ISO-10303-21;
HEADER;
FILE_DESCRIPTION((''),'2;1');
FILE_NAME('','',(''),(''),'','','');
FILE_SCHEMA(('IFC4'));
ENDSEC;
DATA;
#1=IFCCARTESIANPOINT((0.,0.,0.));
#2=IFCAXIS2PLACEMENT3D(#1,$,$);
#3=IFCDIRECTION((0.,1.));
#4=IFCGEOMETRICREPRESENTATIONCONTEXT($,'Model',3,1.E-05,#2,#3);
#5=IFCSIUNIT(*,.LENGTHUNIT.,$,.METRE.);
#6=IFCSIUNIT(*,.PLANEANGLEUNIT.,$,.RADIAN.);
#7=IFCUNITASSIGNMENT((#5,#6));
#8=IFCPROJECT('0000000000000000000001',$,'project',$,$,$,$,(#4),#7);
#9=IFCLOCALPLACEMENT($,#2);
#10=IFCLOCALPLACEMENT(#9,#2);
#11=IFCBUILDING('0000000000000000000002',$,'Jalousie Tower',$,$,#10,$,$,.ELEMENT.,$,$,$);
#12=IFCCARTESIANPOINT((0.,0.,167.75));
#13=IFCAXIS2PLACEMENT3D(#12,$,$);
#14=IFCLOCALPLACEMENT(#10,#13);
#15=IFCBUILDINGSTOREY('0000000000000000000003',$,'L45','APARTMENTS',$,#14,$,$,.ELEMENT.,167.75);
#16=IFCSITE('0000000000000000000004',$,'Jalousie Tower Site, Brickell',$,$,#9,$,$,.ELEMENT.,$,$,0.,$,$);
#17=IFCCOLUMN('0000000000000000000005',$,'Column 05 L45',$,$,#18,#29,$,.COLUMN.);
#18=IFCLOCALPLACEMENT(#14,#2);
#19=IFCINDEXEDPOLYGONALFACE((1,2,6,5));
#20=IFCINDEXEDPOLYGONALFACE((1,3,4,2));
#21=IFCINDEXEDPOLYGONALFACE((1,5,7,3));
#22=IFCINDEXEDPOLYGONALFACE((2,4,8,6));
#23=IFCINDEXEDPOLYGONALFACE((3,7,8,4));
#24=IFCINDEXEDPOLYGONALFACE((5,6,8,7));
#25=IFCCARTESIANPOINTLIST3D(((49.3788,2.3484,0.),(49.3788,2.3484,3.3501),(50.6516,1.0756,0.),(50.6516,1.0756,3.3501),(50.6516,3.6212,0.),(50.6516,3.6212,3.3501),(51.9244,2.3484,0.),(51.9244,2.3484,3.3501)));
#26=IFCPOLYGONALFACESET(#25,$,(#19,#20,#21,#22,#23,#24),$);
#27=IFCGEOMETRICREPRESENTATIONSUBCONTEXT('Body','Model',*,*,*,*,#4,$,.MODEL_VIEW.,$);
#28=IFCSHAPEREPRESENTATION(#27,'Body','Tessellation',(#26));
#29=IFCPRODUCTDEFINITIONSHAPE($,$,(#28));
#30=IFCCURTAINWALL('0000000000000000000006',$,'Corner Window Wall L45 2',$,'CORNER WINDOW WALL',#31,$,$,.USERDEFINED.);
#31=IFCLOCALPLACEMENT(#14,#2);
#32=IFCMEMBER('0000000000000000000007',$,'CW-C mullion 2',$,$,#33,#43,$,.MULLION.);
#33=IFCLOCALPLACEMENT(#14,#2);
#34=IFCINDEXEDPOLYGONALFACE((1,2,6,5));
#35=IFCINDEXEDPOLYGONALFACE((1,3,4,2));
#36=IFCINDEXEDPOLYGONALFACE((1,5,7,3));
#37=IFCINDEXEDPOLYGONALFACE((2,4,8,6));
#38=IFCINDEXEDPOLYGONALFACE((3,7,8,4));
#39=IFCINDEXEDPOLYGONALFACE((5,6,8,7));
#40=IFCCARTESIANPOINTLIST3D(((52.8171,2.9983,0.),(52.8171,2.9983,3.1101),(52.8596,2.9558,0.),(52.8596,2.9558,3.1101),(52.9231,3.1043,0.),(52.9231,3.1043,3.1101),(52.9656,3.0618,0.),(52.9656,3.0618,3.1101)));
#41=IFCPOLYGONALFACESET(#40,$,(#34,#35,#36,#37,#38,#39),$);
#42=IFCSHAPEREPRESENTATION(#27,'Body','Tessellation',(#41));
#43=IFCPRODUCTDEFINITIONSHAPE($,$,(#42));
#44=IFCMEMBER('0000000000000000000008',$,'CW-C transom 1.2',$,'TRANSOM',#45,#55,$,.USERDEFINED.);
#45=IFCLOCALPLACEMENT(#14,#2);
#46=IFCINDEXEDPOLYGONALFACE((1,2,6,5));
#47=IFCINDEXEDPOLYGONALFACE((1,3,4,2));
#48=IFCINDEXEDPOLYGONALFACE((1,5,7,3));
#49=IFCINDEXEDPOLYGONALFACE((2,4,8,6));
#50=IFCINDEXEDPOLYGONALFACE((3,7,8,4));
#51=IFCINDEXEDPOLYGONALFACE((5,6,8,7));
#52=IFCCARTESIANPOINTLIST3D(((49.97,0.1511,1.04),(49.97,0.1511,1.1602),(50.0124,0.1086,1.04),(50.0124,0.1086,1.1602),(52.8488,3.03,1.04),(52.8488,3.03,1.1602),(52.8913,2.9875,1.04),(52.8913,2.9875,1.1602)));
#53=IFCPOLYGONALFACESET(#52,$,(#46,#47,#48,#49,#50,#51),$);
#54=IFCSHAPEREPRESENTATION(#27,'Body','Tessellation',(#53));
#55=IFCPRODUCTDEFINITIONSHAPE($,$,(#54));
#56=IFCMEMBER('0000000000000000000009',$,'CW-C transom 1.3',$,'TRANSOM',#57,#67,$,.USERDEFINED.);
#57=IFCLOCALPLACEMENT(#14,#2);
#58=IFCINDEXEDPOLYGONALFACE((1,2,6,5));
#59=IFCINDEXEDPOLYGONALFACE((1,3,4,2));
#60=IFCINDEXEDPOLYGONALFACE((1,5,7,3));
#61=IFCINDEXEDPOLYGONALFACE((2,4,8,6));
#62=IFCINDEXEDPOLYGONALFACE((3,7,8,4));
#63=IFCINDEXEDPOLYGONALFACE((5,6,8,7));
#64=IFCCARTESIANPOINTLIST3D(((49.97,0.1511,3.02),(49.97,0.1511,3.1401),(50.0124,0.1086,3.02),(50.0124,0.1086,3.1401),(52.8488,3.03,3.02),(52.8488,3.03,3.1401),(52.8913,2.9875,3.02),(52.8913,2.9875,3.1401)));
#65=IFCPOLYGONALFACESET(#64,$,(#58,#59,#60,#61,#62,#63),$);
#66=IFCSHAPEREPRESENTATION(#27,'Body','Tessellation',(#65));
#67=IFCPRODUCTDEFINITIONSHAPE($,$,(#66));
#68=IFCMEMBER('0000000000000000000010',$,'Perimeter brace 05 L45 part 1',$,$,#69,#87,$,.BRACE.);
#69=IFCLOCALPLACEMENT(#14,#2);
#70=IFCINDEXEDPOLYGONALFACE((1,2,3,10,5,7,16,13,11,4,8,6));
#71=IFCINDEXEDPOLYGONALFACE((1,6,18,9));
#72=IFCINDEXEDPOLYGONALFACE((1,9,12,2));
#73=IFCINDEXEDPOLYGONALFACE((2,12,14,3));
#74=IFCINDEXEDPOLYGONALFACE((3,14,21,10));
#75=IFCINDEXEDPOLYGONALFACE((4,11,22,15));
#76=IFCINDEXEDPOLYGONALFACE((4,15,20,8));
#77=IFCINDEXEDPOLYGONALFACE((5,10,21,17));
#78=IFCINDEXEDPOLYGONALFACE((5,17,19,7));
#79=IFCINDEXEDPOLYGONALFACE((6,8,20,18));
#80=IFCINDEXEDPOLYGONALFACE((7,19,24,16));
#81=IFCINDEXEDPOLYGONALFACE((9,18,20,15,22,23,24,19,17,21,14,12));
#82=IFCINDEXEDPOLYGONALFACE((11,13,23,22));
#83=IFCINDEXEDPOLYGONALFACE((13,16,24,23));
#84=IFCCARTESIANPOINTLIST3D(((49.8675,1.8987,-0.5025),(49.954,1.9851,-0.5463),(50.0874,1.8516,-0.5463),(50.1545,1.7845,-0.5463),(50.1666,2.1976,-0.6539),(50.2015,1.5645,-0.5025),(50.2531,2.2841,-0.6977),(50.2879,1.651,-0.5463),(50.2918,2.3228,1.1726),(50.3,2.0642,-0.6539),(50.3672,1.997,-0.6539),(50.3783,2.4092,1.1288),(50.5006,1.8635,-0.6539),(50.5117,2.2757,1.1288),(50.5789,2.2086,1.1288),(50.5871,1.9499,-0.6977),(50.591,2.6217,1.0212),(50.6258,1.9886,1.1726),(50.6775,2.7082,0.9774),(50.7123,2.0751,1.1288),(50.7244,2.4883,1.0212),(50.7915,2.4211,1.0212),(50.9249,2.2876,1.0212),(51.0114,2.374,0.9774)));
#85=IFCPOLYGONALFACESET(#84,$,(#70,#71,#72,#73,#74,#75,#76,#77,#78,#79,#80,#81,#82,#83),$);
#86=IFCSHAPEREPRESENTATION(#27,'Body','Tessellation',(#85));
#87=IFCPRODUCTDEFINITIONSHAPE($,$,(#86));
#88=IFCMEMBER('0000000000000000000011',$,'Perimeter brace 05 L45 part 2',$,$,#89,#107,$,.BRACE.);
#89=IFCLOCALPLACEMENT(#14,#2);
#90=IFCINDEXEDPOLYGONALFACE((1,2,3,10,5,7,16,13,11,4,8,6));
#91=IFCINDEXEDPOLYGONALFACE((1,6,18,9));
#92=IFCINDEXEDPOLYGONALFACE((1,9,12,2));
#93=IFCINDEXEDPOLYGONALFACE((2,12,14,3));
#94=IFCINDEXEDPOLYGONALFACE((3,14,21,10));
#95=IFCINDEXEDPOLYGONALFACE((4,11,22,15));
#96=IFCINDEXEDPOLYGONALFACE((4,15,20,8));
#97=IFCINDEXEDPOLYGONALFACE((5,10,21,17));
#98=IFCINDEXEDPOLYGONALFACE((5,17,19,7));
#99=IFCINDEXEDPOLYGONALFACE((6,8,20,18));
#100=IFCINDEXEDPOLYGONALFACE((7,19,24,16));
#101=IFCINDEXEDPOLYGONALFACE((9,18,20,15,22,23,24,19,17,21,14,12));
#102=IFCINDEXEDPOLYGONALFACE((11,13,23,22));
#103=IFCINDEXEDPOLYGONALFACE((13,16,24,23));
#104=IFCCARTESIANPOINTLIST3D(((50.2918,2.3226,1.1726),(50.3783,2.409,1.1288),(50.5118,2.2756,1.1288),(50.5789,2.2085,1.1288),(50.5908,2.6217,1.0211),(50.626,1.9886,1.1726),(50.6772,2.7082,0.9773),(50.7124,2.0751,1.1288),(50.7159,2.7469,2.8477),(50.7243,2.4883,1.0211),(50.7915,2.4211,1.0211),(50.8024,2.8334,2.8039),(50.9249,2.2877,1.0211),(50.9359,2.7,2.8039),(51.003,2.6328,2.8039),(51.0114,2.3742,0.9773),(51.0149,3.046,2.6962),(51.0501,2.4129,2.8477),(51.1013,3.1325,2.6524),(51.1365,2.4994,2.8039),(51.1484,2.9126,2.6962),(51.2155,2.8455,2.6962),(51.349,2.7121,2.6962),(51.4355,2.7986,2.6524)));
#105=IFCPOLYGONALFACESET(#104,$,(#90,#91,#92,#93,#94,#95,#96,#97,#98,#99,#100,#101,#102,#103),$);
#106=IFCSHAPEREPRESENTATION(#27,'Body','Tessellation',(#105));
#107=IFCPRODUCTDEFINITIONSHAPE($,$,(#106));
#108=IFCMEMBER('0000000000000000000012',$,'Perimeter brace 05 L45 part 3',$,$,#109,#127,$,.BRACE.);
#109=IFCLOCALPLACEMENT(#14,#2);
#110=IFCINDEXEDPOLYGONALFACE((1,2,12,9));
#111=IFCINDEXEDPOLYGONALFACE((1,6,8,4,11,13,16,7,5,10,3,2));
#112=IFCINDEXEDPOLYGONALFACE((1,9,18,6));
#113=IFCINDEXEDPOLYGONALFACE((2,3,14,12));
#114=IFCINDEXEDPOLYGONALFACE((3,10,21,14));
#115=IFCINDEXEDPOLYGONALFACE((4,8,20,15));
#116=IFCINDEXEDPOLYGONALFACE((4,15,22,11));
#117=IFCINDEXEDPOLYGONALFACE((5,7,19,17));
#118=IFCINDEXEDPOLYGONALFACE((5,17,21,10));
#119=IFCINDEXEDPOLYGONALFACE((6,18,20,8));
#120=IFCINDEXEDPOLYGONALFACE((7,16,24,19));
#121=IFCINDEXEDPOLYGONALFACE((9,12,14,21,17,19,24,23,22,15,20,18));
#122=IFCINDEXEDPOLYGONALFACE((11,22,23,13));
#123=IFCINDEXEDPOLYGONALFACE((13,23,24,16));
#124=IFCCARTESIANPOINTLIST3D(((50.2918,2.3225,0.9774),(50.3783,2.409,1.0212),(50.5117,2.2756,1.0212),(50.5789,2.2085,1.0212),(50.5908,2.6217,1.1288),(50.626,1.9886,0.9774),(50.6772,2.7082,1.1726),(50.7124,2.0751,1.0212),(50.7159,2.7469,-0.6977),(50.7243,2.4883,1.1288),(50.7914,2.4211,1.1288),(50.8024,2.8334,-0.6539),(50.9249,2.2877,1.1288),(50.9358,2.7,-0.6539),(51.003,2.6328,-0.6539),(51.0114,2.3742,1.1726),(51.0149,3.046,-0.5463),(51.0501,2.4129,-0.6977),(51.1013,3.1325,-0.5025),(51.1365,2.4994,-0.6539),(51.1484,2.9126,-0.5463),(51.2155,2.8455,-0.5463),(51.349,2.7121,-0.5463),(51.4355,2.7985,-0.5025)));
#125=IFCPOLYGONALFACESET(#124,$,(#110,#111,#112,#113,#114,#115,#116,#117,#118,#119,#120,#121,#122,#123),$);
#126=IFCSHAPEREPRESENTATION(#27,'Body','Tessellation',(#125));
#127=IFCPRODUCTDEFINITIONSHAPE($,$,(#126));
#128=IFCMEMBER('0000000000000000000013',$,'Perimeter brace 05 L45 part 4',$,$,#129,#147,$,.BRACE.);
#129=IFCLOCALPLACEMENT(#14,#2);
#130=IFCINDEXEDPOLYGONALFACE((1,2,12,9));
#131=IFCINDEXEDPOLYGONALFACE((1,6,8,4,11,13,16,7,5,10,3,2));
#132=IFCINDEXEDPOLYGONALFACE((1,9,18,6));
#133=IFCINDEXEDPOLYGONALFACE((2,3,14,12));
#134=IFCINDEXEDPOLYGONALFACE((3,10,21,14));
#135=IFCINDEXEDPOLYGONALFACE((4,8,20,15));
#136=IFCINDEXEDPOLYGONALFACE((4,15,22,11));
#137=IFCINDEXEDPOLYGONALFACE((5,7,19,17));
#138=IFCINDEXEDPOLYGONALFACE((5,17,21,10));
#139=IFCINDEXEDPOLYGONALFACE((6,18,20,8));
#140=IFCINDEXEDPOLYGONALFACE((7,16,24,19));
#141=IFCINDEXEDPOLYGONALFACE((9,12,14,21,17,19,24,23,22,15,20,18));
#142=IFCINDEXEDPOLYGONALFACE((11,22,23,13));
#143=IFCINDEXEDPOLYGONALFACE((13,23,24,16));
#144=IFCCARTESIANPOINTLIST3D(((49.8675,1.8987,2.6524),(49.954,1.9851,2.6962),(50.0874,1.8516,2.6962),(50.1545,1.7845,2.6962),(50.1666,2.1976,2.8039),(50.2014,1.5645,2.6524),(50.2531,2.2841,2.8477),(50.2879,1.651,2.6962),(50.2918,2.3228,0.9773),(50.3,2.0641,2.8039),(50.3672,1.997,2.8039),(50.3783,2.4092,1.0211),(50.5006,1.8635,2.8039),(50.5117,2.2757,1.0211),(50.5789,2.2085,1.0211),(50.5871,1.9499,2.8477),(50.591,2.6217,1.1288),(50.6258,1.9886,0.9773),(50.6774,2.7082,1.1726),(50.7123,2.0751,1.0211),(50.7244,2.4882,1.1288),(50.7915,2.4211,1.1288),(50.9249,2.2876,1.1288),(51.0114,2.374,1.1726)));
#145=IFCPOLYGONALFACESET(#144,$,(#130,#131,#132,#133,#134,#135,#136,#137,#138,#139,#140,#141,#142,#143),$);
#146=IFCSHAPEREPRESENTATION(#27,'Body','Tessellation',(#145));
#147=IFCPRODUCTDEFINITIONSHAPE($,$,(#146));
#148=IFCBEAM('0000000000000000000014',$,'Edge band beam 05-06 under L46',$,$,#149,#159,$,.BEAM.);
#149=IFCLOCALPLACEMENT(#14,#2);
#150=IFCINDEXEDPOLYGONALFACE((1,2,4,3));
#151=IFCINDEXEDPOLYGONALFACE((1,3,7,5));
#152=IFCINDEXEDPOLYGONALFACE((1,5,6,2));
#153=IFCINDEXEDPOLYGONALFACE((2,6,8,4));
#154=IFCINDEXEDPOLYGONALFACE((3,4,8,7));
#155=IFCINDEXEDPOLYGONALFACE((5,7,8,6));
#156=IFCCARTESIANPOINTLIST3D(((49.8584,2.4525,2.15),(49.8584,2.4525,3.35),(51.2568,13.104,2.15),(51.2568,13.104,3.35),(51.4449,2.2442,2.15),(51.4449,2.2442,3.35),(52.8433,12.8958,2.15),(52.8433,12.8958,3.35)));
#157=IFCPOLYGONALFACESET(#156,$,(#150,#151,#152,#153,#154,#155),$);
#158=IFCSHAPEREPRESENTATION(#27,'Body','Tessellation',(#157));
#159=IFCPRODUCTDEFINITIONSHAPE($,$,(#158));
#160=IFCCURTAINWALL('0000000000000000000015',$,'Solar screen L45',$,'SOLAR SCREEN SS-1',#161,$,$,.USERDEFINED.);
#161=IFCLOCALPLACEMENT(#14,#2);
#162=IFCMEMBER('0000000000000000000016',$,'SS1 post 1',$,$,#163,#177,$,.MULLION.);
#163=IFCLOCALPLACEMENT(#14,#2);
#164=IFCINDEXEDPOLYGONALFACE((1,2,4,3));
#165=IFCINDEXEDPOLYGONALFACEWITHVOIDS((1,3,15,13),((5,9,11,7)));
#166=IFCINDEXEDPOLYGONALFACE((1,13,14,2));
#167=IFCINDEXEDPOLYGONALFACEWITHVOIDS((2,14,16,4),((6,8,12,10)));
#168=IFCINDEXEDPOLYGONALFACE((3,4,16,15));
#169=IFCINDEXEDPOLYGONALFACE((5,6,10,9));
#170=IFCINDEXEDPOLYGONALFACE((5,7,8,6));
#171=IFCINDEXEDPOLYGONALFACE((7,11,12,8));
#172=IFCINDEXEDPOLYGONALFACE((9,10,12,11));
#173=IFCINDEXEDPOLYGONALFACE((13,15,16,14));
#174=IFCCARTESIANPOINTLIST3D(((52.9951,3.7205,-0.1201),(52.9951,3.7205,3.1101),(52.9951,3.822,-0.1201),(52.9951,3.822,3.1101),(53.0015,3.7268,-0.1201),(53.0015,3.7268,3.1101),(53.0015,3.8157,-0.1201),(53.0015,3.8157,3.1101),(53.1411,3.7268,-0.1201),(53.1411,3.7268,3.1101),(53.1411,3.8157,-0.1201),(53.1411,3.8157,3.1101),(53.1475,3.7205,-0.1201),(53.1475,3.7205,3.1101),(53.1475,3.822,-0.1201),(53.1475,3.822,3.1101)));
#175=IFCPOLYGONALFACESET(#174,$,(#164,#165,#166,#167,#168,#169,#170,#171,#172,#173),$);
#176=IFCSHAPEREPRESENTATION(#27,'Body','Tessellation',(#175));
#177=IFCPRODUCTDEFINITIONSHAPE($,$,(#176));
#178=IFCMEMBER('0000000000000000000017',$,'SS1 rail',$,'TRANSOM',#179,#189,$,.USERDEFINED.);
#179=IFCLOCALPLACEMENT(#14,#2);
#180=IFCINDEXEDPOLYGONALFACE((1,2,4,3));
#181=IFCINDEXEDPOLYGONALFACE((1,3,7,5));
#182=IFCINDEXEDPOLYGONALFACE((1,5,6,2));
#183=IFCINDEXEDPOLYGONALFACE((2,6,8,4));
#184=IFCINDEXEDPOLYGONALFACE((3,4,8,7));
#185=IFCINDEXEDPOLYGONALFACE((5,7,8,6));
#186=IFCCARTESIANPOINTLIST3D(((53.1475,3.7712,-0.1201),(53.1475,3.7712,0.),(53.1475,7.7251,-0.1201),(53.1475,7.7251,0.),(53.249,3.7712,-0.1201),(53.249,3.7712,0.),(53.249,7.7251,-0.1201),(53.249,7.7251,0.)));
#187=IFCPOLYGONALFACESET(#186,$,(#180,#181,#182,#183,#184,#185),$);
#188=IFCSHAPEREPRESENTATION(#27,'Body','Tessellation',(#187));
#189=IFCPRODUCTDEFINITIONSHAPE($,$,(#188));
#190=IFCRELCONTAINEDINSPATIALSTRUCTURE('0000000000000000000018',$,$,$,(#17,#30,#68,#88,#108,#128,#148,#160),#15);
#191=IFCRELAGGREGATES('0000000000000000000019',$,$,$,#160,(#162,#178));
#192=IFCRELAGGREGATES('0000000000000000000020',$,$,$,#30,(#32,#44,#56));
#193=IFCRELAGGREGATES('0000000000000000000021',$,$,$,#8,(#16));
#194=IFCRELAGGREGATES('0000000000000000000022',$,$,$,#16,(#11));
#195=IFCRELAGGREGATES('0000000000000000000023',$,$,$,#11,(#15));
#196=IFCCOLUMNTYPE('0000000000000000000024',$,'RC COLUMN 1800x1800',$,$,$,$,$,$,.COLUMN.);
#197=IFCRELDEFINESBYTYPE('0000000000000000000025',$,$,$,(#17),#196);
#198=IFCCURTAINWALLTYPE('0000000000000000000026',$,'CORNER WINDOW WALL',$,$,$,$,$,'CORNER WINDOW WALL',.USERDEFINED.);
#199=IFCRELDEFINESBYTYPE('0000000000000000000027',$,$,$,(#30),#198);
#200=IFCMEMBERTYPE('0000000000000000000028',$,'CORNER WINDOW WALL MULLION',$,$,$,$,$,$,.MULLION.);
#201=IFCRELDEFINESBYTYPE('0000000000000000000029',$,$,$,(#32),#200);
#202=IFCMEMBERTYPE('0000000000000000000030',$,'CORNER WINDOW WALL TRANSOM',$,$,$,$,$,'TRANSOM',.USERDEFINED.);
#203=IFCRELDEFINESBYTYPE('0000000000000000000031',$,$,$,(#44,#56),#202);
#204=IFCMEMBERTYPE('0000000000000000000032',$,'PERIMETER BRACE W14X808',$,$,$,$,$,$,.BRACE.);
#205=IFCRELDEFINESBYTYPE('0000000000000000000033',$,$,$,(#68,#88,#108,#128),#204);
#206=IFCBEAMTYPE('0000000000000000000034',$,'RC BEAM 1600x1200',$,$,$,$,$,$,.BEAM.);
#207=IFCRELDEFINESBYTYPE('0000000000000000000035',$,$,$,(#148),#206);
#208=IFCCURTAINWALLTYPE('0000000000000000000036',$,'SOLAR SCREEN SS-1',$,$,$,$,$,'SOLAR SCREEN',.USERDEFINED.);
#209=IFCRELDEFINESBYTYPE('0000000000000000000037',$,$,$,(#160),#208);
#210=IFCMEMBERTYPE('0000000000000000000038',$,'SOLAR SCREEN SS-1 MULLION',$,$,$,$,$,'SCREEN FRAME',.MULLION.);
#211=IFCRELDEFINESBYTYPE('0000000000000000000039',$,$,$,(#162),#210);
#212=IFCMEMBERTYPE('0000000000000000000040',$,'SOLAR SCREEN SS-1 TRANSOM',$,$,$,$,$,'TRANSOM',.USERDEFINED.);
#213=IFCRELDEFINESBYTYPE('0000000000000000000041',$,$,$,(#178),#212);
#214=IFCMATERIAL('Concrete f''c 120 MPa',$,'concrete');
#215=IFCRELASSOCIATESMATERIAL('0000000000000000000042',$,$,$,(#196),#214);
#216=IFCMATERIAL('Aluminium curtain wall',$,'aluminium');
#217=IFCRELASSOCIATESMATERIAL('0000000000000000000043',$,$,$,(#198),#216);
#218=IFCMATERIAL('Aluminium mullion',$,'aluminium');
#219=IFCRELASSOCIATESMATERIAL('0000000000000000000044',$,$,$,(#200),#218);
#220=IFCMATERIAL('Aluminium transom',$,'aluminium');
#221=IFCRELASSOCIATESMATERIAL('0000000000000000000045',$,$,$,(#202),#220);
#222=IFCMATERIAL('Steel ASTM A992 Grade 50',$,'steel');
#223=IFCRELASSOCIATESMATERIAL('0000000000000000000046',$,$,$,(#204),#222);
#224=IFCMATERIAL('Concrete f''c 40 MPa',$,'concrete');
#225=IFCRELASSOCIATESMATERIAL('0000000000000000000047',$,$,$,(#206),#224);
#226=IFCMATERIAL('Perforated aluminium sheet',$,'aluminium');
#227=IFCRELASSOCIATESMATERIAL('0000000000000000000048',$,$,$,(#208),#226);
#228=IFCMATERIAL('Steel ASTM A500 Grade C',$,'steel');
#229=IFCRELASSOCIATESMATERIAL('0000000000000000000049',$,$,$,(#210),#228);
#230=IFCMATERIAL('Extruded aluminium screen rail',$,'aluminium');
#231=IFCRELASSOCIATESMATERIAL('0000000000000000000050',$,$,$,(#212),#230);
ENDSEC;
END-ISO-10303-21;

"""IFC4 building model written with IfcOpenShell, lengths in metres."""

from ifc_helpers import new_model, si_unit, direction, frame, origin, origin_2d, place, context, subcontext, project, spatial, rectangle, hollow_rectangle, i_section, extrude, material, material_profile, profile_set, type_object, element, aggregate, save


model = new_model("IFC4")

# Units and contexts
model_context = context("Model", 3, precision=1e-05, world=origin(), true_north=direction((0.0, 1.0)))
body_context = subcontext(model_context, "Body", "Model", "MODEL_VIEW")
ifc_project = project(units=[si_unit("LENGTHUNIT", "METRE"), si_unit("PLANEANGLEUNIT", "RADIAN")], contexts=[model_context])

# Site, building, storey
site_placement = place(None, origin())
site = spatial("IfcSite", under=ifc_project, at=site_placement, Name="Jalousie Tower Site, Brickell", CompositionType="ELEMENT", RefElevation=0.0)
building_placement = place(site_placement, origin())
building = spatial("IfcBuilding", under=site, at=building_placement, Name="Jalousie Tower", CompositionType="ELEMENT")
storey_placement = place(building_placement, frame((0.0, 0.0, 167.75)))
storey = spatial("IfcBuildingStorey", under=building, at=storey_placement, Name="L45", Description="APARTMENTS", CompositionType="ELEMENT", Elevation=167.75)

# Column
ifc_material_1 = material(Name="Concrete f'c 120 MPa", Category="concrete")
ifc_material_profile_1 = material_profile(ifc_material_1, rectangle(XDim=1.8, YDim=1.8, at=origin_2d()), Name="RC 1800x1800")
ifc_profile_set_1 = profile_set([ifc_material_profile_1], Name="Concrete f'c 120 MPa")
column_type = type_object("IfcColumnType", Name="RC COLUMN 1800x1800", PredefinedType="COLUMN", material=ifc_profile_set_1)
column_placement = place(storey_placement, frame((50.6516, 2.3484, 0.0), z_axis=(0.0, 0.0, 1.0), x_axis=(0.707107, 0.707107, 0.0)))
element("IfcColumn", 1, at=column_placement, inside=storey, type_object=column_type, Name="Column 05 L45", PredefinedType="COLUMN", context=body_context, shape_type="SweptSolid", body=[
    extrude(rectangle(XDim=1.8, YDim=1.8, at=origin_2d()), origin(), (0.0, 0.0, 1.0), 3.3501),
])

# Curtain wall, members
ifc_material_2 = material(Name="Aluminium curtain wall", Category="aluminium")
curtain_wall_type_1 = type_object("IfcCurtainWallType", Name="CORNER WINDOW WALL", ElementType="CORNER WINDOW WALL", PredefinedType="USERDEFINED", material=ifc_material_2)
curtain_wall_1_placement = place(storey_placement, origin())
curtain_wall_1 = element("IfcCurtainWall", 2, at=curtain_wall_1_placement, inside=storey, type_object=curtain_wall_type_1, Name="Corner Window Wall L45 2", ObjectType="CORNER WINDOW WALL", PredefinedType="USERDEFINED")
ifc_material_3 = material(Name="Aluminium mullion", Category="aluminium")
ifc_material_profile_2 = material_profile(ifc_material_3, rectangle(XDim=0.0601, YDim=0.1499, at=origin_2d()), Name="MULLION 60x150")
ifc_profile_set_2 = profile_set([ifc_material_profile_2], Name="Aluminium mullion")
member_type_1 = type_object("IfcMemberType", Name="CORNER WINDOW WALL MULLION", PredefinedType="MULLION", material=ifc_profile_set_2)
member_1_placement = place(storey_placement, frame((52.8914, 3.03, 0.0), z_axis=(0.0, 0.0, 1.0), x_axis=(-0.707107, 0.707107, 0.0)))
member_1 = element("IfcMember", 3, at=member_1_placement, type_object=member_type_1, Name="CW-C mullion 2", PredefinedType="MULLION", context=body_context, shape_type="SweptSolid", body=[
    extrude(rectangle(XDim=0.0601, YDim=0.1499, at=origin_2d()), origin(), (0.0, 0.0, 1.0), 3.1101),
])
ifc_material_4 = material(Name="Aluminium transom", Category="aluminium")
ifc_material_profile_3 = material_profile(ifc_material_4, rectangle(XDim=0.0601, YDim=0.1201, at=origin_2d()), Name="TRANSOM 60x120")
ifc_profile_set_3 = profile_set([ifc_material_profile_3], Name="Aluminium transom")
member_type_2 = type_object("IfcMemberType", Name="CORNER WINDOW WALL TRANSOM", ElementType="TRANSOM", PredefinedType="USERDEFINED", material=ifc_profile_set_3)
member_2_placement = place(storey_placement, frame((49.9912, 0.1299, 1.1001), z_axis=(0.707107, 0.707107, 0.0), x_axis=(-0.707107, 0.707107, 0.0)))
member_2 = element("IfcMember", 4, at=member_2_placement, type_object=member_type_2, Name="CW-C transom 1.2", ObjectType="TRANSOM", PredefinedType="USERDEFINED", context=body_context, shape_type="SweptSolid", body=[
    extrude(rectangle(XDim=0.0601, YDim=0.1201, at=origin_2d()), origin(), (0.0, 0.0, 1.0), 4.0713),
])
member_3_placement = place(storey_placement, frame((49.9912, 0.1299, 3.0801), z_axis=(0.707107, 0.707107, 0.0), x_axis=(-0.707107, 0.707107, 0.0)))
member_3 = element("IfcMember", 5, at=member_3_placement, type_object=member_type_2, Name="CW-C transom 1.3", ObjectType="TRANSOM", PredefinedType="USERDEFINED", context=body_context, shape_type="SweptSolid", body=[
    extrude(rectangle(XDim=0.0601, YDim=0.1201, at=origin_2d()), origin(), (0.0, 0.0, 1.0), 4.0713),
])

# Members
ifc_material_5 = material(Name="Steel ASTM A992 Grade 50", Category="steel")
ifc_material_profile_4 = material_profile(ifc_material_5, i_section(OverallWidth=0.4724, OverallDepth=0.5791, WebThickness=0.095, FlangeThickness=0.1299, at=origin_2d()), Name="W14X808")
ifc_profile_set_4 = profile_set([ifc_material_profile_4], Name="Steel ASTM A992 Grade 50")
member_type_3 = type_object("IfcMemberType", Name="PERIMETER BRACE W14X808", PredefinedType="BRACE", material=ifc_profile_set_4)
for number, where, z_axis, x_axis, name in (
    (6, (50.2273, 1.9243, -0.6001), (0.238483, 0.238346, 0.941444), (-0.706903, 0.70731, 0.0), "Perimeter brace 05 L45 part 1"),
    (7, (50.6516, 2.3484, 1.075), (0.238346, 0.238483, 0.941444), (-0.70731, 0.706903, 0.0), "Perimeter brace 05 L45 part 2"),
    (8, (51.0757, 2.7727, -0.6001), (-0.238346, -0.238483, 0.941444), (0.70731, -0.706903, 0.0), "Perimeter brace 05 L45 part 3"),
    (9, (50.6516, 2.3484, 1.075), (-0.238483, -0.238346, 0.941444), (0.706903, -0.70731, 0.0), "Perimeter brace 05 L45 part 4"),
):
    element("IfcMember", number, at=place(storey_placement, frame(where, z_axis=z_axis, x_axis=x_axis)), inside=storey, type_object=member_type_3, Name=name, PredefinedType="BRACE", context=body_context, shape_type="SweptSolid", body=[
        extrude(i_section(OverallWidth=0.4724, OverallDepth=0.5791, WebThickness=0.095, FlangeThickness=0.1299, at=origin_2d()), origin(), (0.0, 0.0, 1.0), 1.7793),
    ])

# Beam
ifc_material_6 = material(Name="Concrete f'c 40 MPa", Category="concrete")
ifc_material_profile_5 = material_profile(ifc_material_6, rectangle(XDim=1.6001, YDim=1.2, at=origin_2d()), Name="RC 1600x1200")
ifc_profile_set_5 = profile_set([ifc_material_profile_5], Name="Concrete f'c 40 MPa")
beam_type = type_object("IfcBeamType", Name="RC BEAM 1600x1200", PredefinedType="BEAM", material=ifc_profile_set_5)
beam_placement = place(storey_placement, frame((50.6516, 2.3484, 2.75), z_axis=(0.130172, 0.991491, 0.0), x_axis=(-0.991491, 0.130172, 0.0)))
element("IfcBeam", 10, at=beam_placement, inside=storey, type_object=beam_type, Name="Edge band beam 05-06 under L46", PredefinedType="BEAM", context=body_context, shape_type="SweptSolid", body=[
    extrude(rectangle(XDim=1.6001, YDim=1.2, at=origin_2d()), origin(), (0.0, 0.0, 1.0), 10.7429),
])

# Curtain wall, members
ifc_material_7 = material(Name="Perforated aluminium sheet", Category="aluminium")
curtain_wall_type_2 = type_object("IfcCurtainWallType", Name="SOLAR SCREEN SS-1", ElementType="SOLAR SCREEN", PredefinedType="USERDEFINED", material=ifc_material_7)
curtain_wall_2_placement = place(storey_placement, origin())
curtain_wall_2 = element("IfcCurtainWall", 11, at=curtain_wall_2_placement, inside=storey, type_object=curtain_wall_type_2, Name="Solar screen L45", ObjectType="SOLAR SCREEN SS-1", PredefinedType="USERDEFINED")
ifc_material_8 = material(Name="Steel ASTM A500 Grade C", Category="steel")
ifc_material_profile_6 = material_profile(ifc_material_8, hollow_rectangle(XDim=0.1016, YDim=0.1523, WallThickness=0.0063, at=origin_2d()), Name="HSS6X4X1/4")
ifc_profile_set_6 = profile_set([ifc_material_profile_6], Name="Steel ASTM A500 Grade C")
member_type_4 = type_object("IfcMemberType", Name="SOLAR SCREEN SS-1 MULLION", ElementType="SCREEN FRAME", PredefinedType="MULLION", material=ifc_profile_set_6)
member_4_placement = place(storey_placement, frame((53.0713, 3.7712, -0.1201), z_axis=(0.0, 0.0, 1.0), x_axis=(0.0, 1.0, 0.0)))
member_4 = element("IfcMember", 12, at=member_4_placement, type_object=member_type_4, Name="SS1 post 1", PredefinedType="MULLION", context=body_context, shape_type="SweptSolid", body=[
    extrude(hollow_rectangle(XDim=0.1016, YDim=0.1523, WallThickness=0.0063, at=origin_2d()), origin(), (0.0, 0.0, 1.0), 3.2302),
])
ifc_material_9 = material(Name="Extruded aluminium screen rail", Category="aluminium")
ifc_material_profile_7 = material_profile(ifc_material_9, rectangle(XDim=0.1016, YDim=0.1201, at=origin_2d()), Name="RAIL 102x120")
ifc_profile_set_7 = profile_set([ifc_material_profile_7], Name="Extruded aluminium screen rail")
member_type_5 = type_object("IfcMemberType", Name="SOLAR SCREEN SS-1 TRANSOM", ElementType="TRANSOM", PredefinedType="USERDEFINED", material=ifc_profile_set_7)
member_5_placement = place(storey_placement, frame((53.1982, 3.7712, -0.0601), z_axis=(0.0, 1.0, 0.0), x_axis=(-1.0, 0.0, 0.0)))
member_5 = element("IfcMember", 13, at=member_5_placement, type_object=member_type_5, Name="SS1 rail", ObjectType="TRANSOM", PredefinedType="USERDEFINED", context=body_context, shape_type="SweptSolid", body=[
    extrude(rectangle(XDim=0.1016, YDim=0.1201, at=origin_2d()), origin(), (0.0, 0.0, 1.0), 3.9539),
])
aggregate(curtain_wall_2, [member_4, member_5])

aggregate(curtain_wall_1, [member_1, member_2, member_3])

save(model, "model.ifc")
